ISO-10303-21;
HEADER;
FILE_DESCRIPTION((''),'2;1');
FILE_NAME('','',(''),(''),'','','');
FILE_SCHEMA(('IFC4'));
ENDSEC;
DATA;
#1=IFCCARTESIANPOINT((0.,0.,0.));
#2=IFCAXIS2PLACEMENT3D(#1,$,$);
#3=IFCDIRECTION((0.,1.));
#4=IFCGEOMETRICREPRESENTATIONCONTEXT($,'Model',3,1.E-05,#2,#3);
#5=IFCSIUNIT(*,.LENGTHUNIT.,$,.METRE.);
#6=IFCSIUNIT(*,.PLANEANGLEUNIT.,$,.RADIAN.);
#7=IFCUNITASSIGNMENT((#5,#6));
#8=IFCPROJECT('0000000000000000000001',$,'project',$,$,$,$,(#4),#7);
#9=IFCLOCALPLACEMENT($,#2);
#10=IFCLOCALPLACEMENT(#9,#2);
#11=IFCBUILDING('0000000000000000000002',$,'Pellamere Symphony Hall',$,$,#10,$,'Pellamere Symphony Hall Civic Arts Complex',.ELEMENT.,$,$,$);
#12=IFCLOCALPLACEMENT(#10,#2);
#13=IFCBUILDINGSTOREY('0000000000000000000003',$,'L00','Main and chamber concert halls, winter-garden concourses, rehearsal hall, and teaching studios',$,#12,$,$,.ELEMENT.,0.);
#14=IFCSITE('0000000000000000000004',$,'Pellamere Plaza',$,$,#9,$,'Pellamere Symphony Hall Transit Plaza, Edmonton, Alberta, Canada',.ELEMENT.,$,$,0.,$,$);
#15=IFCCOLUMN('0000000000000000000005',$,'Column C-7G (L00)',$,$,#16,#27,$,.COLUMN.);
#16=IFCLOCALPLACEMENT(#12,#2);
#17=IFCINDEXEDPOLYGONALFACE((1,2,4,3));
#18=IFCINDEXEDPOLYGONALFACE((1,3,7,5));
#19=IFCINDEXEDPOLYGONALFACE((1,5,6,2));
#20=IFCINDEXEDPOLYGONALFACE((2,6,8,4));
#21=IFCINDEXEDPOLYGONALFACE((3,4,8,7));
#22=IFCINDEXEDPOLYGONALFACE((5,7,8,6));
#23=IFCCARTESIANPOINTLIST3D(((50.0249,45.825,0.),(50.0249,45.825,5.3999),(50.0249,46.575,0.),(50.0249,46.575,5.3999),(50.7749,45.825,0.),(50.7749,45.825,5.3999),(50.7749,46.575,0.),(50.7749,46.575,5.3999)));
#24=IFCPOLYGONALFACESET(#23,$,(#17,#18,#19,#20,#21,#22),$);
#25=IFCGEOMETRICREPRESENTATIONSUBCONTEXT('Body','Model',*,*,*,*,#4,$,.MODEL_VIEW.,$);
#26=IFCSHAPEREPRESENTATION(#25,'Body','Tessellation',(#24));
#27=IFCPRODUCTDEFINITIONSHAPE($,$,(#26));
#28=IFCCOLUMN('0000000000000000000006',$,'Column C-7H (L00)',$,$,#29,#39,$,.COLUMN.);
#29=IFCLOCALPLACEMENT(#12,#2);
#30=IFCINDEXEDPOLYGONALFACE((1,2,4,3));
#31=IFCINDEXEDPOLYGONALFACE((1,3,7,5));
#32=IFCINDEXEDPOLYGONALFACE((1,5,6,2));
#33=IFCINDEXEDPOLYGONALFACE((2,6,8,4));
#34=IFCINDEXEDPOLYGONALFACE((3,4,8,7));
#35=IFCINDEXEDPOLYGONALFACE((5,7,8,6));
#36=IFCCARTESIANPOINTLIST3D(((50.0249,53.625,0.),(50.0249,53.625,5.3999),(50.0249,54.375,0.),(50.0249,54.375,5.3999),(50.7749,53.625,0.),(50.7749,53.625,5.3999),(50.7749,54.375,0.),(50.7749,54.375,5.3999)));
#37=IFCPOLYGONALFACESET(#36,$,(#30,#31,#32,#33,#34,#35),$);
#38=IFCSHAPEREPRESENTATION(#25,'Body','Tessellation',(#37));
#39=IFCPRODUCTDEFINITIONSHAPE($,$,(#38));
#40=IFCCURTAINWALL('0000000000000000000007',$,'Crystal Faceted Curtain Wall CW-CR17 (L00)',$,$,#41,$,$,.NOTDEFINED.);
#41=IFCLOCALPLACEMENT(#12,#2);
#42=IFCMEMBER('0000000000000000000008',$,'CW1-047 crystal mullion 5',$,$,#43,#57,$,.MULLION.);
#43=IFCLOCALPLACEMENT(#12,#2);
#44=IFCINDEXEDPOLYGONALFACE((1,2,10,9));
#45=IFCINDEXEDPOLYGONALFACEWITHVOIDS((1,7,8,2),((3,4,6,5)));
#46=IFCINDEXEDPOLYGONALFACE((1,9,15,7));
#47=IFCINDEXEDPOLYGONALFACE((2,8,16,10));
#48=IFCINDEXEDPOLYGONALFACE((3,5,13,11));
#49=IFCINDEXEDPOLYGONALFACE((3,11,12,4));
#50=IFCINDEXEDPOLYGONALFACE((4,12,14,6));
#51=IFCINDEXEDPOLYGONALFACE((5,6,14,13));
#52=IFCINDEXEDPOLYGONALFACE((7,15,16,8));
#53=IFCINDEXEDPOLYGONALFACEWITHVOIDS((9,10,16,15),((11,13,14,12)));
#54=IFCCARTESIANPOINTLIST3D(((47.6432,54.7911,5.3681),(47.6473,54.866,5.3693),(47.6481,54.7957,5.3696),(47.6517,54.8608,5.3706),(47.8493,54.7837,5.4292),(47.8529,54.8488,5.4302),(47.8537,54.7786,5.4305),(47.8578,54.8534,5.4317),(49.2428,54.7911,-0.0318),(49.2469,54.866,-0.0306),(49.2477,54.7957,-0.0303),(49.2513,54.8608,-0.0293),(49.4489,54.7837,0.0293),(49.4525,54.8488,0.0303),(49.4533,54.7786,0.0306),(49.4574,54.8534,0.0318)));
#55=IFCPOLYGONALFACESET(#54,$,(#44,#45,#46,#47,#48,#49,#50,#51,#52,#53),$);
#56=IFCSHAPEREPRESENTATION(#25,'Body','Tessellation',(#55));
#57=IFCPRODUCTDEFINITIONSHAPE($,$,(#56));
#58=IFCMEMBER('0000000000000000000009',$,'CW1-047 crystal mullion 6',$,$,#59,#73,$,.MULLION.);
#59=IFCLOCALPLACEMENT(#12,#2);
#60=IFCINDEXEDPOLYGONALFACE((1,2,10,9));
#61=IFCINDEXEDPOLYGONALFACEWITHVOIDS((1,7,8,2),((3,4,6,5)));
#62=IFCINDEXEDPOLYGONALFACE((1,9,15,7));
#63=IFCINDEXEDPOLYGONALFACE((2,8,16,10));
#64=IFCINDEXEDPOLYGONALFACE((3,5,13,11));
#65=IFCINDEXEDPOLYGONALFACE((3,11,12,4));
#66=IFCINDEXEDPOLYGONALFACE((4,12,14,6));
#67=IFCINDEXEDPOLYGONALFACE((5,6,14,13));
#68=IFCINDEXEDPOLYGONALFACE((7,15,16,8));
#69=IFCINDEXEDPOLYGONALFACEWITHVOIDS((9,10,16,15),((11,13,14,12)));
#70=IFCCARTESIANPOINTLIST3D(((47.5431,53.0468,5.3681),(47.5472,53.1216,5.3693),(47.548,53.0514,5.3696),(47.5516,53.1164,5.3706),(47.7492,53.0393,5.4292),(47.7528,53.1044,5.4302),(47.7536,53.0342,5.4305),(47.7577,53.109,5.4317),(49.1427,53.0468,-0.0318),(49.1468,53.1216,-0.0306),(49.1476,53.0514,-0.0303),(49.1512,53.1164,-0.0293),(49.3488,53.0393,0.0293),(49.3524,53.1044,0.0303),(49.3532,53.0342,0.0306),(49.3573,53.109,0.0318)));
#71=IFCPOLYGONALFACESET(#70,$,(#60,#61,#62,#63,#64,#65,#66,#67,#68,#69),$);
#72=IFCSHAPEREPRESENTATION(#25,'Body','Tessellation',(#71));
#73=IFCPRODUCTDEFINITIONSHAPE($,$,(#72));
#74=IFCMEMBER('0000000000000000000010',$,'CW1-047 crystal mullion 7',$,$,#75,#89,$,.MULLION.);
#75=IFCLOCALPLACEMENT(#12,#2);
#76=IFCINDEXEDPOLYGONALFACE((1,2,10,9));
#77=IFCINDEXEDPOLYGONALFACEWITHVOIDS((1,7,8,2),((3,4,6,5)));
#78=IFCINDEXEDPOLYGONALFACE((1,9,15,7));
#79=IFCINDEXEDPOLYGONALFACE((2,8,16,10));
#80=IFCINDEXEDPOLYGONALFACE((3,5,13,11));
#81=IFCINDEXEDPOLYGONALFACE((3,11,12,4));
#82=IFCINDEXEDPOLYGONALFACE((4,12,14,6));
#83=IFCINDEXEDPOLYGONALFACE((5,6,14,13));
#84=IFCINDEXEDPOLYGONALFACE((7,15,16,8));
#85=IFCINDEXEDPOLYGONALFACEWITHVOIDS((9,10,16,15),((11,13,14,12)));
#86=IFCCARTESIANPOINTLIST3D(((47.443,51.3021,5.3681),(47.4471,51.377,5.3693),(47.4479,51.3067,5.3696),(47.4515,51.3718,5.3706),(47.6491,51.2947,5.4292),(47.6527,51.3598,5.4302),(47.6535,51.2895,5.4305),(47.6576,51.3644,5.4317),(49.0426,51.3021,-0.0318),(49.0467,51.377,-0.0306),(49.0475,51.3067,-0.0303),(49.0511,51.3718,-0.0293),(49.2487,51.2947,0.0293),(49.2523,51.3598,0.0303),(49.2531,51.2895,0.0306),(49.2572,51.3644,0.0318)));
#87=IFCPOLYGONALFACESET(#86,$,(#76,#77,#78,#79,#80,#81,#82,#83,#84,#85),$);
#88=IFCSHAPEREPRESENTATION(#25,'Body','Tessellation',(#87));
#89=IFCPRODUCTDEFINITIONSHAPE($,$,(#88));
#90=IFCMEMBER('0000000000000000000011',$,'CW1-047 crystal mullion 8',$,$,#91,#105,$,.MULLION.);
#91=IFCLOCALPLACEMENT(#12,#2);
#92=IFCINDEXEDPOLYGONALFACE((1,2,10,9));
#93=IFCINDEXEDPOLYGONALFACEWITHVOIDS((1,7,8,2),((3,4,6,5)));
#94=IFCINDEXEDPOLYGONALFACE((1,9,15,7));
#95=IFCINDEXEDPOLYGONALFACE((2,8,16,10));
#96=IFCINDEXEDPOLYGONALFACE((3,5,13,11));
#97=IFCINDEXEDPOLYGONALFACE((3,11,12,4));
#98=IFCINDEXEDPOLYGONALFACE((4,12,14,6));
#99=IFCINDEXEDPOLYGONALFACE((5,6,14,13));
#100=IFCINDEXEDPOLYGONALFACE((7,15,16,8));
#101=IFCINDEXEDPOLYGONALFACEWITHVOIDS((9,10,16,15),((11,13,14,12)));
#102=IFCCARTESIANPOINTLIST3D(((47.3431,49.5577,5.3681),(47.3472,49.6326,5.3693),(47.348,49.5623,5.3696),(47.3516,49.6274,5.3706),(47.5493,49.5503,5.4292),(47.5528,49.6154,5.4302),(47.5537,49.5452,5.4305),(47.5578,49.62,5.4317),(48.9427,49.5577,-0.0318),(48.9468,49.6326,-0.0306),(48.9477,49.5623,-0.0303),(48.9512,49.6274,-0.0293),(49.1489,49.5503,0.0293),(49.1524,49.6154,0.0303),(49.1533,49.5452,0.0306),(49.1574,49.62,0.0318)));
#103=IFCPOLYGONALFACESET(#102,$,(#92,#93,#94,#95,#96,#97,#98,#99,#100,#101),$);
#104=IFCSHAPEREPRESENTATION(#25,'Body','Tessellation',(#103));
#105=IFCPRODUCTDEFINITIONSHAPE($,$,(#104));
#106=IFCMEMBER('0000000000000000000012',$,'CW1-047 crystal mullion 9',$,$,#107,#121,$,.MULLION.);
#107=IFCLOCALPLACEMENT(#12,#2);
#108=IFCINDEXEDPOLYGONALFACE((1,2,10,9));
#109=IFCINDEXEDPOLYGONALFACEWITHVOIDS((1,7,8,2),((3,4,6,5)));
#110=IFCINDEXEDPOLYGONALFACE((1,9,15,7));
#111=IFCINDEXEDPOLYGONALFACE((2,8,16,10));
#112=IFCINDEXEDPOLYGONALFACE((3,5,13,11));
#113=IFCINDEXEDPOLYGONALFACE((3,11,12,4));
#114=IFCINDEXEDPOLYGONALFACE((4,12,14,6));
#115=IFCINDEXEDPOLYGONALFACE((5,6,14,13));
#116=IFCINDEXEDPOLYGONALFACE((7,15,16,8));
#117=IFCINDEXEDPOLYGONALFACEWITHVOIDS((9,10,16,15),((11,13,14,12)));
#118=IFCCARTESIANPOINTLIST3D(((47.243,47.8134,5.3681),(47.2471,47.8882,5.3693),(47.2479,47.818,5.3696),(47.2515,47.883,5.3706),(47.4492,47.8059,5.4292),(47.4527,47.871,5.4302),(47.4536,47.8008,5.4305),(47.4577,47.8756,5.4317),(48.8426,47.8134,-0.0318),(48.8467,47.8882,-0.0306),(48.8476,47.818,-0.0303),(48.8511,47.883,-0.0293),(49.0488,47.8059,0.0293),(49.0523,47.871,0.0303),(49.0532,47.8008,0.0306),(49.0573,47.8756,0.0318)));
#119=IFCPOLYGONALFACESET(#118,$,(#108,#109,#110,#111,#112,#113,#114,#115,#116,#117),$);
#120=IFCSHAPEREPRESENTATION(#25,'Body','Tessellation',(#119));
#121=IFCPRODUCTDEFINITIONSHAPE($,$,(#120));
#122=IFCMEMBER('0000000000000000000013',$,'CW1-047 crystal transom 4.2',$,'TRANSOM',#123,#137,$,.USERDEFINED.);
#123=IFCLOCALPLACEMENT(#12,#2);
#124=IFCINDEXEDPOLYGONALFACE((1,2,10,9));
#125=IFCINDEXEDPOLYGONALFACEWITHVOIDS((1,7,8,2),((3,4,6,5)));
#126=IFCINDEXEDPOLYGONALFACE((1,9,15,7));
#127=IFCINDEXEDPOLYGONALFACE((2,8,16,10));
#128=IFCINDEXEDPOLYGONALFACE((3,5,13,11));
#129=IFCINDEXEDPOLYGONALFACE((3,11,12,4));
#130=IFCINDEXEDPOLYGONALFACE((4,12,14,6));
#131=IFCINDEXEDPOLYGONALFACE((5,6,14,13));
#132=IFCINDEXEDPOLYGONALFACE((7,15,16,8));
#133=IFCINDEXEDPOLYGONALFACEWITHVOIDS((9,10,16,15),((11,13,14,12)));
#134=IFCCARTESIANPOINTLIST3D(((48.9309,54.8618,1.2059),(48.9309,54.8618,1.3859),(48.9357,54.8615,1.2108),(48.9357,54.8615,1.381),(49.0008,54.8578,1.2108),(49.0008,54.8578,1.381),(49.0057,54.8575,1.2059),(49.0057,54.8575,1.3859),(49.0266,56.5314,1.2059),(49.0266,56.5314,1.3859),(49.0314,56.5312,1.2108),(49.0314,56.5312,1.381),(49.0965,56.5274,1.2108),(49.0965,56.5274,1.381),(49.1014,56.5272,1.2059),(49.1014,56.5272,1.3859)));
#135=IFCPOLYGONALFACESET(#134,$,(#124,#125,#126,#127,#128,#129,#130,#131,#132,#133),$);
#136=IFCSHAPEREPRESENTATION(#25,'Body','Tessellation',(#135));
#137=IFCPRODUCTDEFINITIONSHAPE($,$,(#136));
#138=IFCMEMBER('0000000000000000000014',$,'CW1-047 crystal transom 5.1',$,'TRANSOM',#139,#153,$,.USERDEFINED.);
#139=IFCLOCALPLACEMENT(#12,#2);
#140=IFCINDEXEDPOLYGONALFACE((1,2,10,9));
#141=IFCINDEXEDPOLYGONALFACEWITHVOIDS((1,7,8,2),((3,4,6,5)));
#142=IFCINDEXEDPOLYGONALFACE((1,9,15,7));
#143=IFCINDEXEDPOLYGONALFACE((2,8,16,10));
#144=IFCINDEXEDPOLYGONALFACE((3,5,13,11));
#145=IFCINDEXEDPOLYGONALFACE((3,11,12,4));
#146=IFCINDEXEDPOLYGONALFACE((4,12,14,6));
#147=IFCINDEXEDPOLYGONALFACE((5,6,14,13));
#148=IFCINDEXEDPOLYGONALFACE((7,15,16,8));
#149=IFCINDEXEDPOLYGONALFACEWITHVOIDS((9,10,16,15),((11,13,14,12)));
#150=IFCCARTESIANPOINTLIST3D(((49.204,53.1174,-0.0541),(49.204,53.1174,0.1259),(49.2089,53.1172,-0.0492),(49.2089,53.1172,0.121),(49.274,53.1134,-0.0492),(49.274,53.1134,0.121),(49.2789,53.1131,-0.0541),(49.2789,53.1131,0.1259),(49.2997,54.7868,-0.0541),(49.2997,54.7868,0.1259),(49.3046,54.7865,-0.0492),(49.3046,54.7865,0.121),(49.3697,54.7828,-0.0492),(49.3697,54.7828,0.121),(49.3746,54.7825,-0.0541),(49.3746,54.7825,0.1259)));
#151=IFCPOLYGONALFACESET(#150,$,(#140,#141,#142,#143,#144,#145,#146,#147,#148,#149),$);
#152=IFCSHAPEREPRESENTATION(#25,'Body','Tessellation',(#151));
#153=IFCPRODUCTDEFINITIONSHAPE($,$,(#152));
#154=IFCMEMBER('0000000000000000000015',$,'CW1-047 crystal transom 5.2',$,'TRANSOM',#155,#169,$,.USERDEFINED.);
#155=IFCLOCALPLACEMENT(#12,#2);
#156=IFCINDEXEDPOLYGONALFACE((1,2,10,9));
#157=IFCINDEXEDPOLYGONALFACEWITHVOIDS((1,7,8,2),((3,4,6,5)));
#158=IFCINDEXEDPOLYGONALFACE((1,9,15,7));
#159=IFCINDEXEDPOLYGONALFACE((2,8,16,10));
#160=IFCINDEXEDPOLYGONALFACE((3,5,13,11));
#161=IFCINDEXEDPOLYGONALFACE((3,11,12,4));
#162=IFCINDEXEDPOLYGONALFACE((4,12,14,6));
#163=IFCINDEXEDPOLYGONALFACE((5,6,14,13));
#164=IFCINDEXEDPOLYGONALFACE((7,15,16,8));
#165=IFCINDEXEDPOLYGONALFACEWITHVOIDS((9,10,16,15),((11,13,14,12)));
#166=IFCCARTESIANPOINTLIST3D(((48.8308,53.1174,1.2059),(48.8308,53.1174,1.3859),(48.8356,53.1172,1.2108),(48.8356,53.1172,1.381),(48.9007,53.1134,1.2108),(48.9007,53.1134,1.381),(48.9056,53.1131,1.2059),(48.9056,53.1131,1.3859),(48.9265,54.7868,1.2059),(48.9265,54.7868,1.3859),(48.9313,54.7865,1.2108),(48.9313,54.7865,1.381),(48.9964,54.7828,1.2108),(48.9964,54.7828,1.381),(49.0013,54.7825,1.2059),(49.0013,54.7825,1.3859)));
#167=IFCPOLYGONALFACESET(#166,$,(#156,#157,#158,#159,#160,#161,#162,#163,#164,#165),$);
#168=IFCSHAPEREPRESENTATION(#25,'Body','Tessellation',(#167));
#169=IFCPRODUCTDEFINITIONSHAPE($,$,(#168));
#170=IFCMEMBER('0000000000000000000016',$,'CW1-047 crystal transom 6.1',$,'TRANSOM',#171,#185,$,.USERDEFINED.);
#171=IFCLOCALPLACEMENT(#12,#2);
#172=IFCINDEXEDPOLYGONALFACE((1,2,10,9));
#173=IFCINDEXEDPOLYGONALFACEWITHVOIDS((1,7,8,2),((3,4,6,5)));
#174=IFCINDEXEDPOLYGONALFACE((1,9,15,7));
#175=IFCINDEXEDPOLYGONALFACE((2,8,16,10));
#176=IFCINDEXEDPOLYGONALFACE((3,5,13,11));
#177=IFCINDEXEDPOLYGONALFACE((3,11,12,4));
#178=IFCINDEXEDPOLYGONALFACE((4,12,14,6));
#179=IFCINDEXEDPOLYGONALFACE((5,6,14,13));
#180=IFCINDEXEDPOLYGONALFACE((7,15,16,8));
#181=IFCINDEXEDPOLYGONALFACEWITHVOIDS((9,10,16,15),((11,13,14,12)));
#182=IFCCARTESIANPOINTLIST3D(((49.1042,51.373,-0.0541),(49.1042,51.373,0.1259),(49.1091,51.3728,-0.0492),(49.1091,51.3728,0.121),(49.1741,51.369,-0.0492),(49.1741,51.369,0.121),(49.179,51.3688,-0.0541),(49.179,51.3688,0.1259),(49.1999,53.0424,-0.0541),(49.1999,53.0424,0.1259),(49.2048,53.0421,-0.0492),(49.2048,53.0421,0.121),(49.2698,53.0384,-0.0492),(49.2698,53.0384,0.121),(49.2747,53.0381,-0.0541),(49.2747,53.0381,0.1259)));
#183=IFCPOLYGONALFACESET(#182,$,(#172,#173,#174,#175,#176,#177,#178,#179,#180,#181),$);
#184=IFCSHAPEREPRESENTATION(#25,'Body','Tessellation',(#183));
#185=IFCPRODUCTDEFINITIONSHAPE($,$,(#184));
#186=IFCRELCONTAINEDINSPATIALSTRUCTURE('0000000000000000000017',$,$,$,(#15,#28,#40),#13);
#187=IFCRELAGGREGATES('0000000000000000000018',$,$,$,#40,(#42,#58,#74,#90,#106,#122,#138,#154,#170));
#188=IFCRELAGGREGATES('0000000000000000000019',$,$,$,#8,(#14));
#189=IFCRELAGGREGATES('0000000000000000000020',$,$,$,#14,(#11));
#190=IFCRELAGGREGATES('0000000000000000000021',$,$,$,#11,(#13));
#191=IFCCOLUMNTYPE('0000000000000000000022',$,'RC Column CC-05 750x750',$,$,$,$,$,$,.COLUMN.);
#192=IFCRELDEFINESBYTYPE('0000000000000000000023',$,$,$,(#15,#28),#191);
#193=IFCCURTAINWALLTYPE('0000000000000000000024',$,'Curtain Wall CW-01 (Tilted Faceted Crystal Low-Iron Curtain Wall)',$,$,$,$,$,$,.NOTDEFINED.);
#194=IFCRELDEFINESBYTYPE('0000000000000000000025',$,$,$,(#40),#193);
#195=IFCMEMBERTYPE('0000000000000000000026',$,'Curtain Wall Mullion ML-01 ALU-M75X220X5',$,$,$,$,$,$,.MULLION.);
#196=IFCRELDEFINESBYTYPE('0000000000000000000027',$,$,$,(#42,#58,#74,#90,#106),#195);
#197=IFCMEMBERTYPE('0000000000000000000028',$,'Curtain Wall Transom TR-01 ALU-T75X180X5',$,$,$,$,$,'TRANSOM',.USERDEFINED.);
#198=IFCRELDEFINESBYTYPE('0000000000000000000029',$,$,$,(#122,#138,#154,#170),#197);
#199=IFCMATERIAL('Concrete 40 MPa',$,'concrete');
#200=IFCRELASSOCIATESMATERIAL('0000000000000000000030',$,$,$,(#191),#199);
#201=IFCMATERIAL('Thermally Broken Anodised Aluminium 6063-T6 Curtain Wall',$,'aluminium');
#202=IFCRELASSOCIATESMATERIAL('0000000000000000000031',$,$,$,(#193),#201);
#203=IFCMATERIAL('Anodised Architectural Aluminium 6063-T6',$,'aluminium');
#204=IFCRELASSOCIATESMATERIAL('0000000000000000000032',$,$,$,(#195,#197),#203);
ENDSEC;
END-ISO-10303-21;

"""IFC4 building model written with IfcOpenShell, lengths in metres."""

from ifc_helpers import new_model, si_unit, direction, frame, origin, origin_2d, place, context, subcontext, project, spatial, rectangle, hollow_rectangle, extrude, material, material_profile, profile_set, type_object, element, aggregate, save


model = new_model("IFC4")

# Units and contexts
model_context = context("Model", 3, precision=1e-05, world=origin(), true_north=direction((0.0, 1.0)))
body_context = subcontext(model_context, "Body", "Model", "MODEL_VIEW")
ifc_project = project(units=[si_unit("LENGTHUNIT", "METRE"), si_unit("PLANEANGLEUNIT", "RADIAN")], contexts=[model_context])

# Site, building, storey
site_placement = place(None, origin())
site = spatial("IfcSite", under=ifc_project, at=site_placement, Name="Pellamere Plaza", LongName="Pellamere Symphony Hall Transit Plaza, Edmonton, Alberta, Canada", CompositionType="ELEMENT", RefElevation=0.0)
building_placement = place(site_placement, origin())
building = spatial("IfcBuilding", under=site, at=building_placement, Name="Pellamere Symphony Hall", LongName="Pellamere Symphony Hall Civic Arts Complex", CompositionType="ELEMENT")
storey_placement = place(building_placement, origin())
storey = spatial("IfcBuildingStorey", under=building, at=storey_placement, Name="L00", Description="Main and chamber concert halls, winter-garden concourses, rehearsal hall, and teaching studios", CompositionType="ELEMENT", Elevation=0.0)

# Columns
ifc_material_1 = material(Name="Concrete 40 MPa", Category="concrete")
ifc_material_profile_1 = material_profile(ifc_material_1, rectangle(XDim=0.75, YDim=0.75, at=origin_2d()), Name="RC 750x750")
ifc_profile_set_1 = profile_set([ifc_material_profile_1], Name="Concrete 40 MPa")
column_type = type_object("IfcColumnType", Name="RC Column CC-05 750x750", PredefinedType="COLUMN", material=ifc_profile_set_1)
for number, where, z_axis, x_axis, name in (
    (1, (50.3999, 46.2, 0.0), (0.0, 0.0, 1.0), (1.0, 0.0, 0.0), "Column C-7G (L00)"),
    (2, (50.3999, 54.0, 0.0), (0.0, 0.0, 1.0), (1.0, 0.0, 0.0), "Column C-7H (L00)"),
):
    element("IfcColumn", number, at=place(storey_placement, frame(where, z_axis=z_axis, x_axis=x_axis)), inside=storey, type_object=column_type, Name=name, PredefinedType="COLUMN", context=body_context, shape_type="SweptSolid", body=[
        extrude(rectangle(XDim=0.75, YDim=0.75, at=origin_2d()), origin(), (0.0, 0.0, 1.0), 5.3999),
    ])

# Curtain wall, members
ifc_material_2 = material(Name="Thermally Broken Anodised Aluminium 6063-T6 Curtain Wall", Category="aluminium")
curtain_wall_type = type_object("IfcCurtainWallType", Name="Curtain Wall CW-01 (Tilted Faceted Crystal Low-Iron Curtain Wall)", PredefinedType="NOTDEFINED", material=ifc_material_2)
curtain_wall_1_placement = place(storey_placement, origin())
curtain_wall_1 = element("IfcCurtainWall", 3, at=curtain_wall_1_placement, inside=storey, type_object=curtain_wall_type, Name="Crystal Faceted Curtain Wall CW-CR17 (L00)", PredefinedType="NOTDEFINED")
ifc_material_3 = material(Name="Anodised Architectural Aluminium 6063-T6", Category="aluminium")
ifc_material_profile_2 = material_profile(ifc_material_3, hollow_rectangle(XDim=0.075, YDim=0.22, WallThickness=0.0049, at=origin_2d()), Name="ALU-M75X220X5")
ifc_profile_set_2 = profile_set([ifc_material_profile_2], Name="Anodised Architectural Aluminium 6063-T6")
member_type_1 = type_object("IfcMemberType", Name="Curtain Wall Mullion ML-01 ALU-M75X220X5", PredefinedType="MULLION", material=ifc_profile_set_2)
member_1_placement = place(storey_placement, frame((49.3501, 54.8223, 0.0), z_axis=(-0.284029, 0.0, 0.958816), x_axis=(-0.054874, -0.998361, -0.016255)))
member_1 = element("IfcMember", 4, at=member_1_placement, type_object=member_type_1, Name="CW1-047 crystal mullion 5", PredefinedType="MULLION", context=body_context, shape_type="SweptSolid", body=[
    extrude(hollow_rectangle(XDim=0.075, YDim=0.22, WallThickness=0.0049, at=origin_2d()), origin(), (0.0, 0.0, 1.0), 5.6318),
])
member_2_placement = place(storey_placement, frame((49.25, 53.0779, 0.0), z_axis=(-0.284029, 0.0, 0.958816), x_axis=(-0.054874, -0.998361, -0.016255)))
member_2 = element("IfcMember", 5, at=member_2_placement, type_object=member_type_1, Name="CW1-047 crystal mullion 6", PredefinedType="MULLION", context=body_context, shape_type="SweptSolid", body=[
    extrude(hollow_rectangle(XDim=0.075, YDim=0.22, WallThickness=0.0049, at=origin_2d()), origin(), (0.0, 0.0, 1.0), 5.6318),
])
member_3_placement = place(storey_placement, frame((49.1499, 51.3333, 0.0), z_axis=(-0.284029, 0.0, 0.958816), x_axis=(-0.054874, -0.998361, -0.016255)))
member_3 = element("IfcMember", 6, at=member_3_placement, type_object=member_type_1, Name="CW1-047 crystal mullion 7", PredefinedType="MULLION", context=body_context, shape_type="SweptSolid", body=[
    extrude(hollow_rectangle(XDim=0.075, YDim=0.22, WallThickness=0.0049, at=origin_2d()), origin(), (0.0, 0.0, 1.0), 5.6318),
])
member_4_placement = place(storey_placement, frame((49.05, 49.5889, 0.0), z_axis=(-0.284029, 0.0, 0.958816), x_axis=(-0.054874, -0.998361, -0.016255)))
member_4 = element("IfcMember", 7, at=member_4_placement, type_object=member_type_1, Name="CW1-047 crystal mullion 8", PredefinedType="MULLION", context=body_context, shape_type="SweptSolid", body=[
    extrude(hollow_rectangle(XDim=0.075, YDim=0.22, WallThickness=0.0049, at=origin_2d()), origin(), (0.0, 0.0, 1.0), 5.6318),
])
member_5_placement = place(storey_placement, frame((48.95, 47.8445, 0.0), z_axis=(-0.284029, 0.0, 0.958816), x_axis=(-0.054874, -0.998361, -0.016255)))
member_5 = element("IfcMember", 8, at=member_5_placement, type_object=member_type_1, Name="CW1-047 crystal mullion 9", PredefinedType="MULLION", context=body_context, shape_type="SweptSolid", body=[
    extrude(hollow_rectangle(XDim=0.075, YDim=0.22, WallThickness=0.0049, at=origin_2d()), origin(), (0.0, 0.0, 1.0), 5.6318),
])
ifc_material_profile_3 = material_profile(ifc_material_3, hollow_rectangle(XDim=0.075, YDim=0.1799, WallThickness=0.0049, at=origin_2d()), Name="ALU-T75X180X5")
ifc_profile_set_3 = profile_set([ifc_material_profile_3], Name="Anodised Architectural Aluminium 6063-T6")
member_type_2 = type_object("IfcMemberType", Name="Curtain Wall Transom TR-01 ALU-T75X180X5", ElementType="TRANSOM", PredefinedType="USERDEFINED", material=ifc_profile_set_3)
member_6_placement = place(storey_placement, frame((49.064, 56.5293, 1.2959), z_axis=(-0.057224, -0.998361, 0.0), x_axis=(0.998361, -0.057224, 0.0)))
member_6 = element("IfcMember", 9, at=member_6_placement, type_object=member_type_2, Name="CW1-047 crystal transom 4.2", ObjectType="TRANSOM", PredefinedType="USERDEFINED", context=body_context, shape_type="SweptSolid", body=[
    extrude(hollow_rectangle(XDim=0.075, YDim=0.1799, WallThickness=0.0049, at=origin_2d()), origin(), (0.0, 0.0, 1.0), 1.6724),
])
member_7_placement = place(storey_placement, frame((49.3372, 54.7847, 0.0359), z_axis=(-0.057233, -0.998361, 0.0), x_axis=(0.998361, -0.057233, 0.0)))
member_7 = element("IfcMember", 10, at=member_7_placement, type_object=member_type_2, Name="CW1-047 crystal transom 5.1", ObjectType="TRANSOM", PredefinedType="USERDEFINED", context=body_context, shape_type="SweptSolid", body=[
    extrude(hollow_rectangle(XDim=0.075, YDim=0.1799, WallThickness=0.0049, at=origin_2d()), origin(), (0.0, 0.0, 1.0), 1.6721),
])
member_8_placement = place(storey_placement, frame((48.9639, 54.7847, 1.2959), z_axis=(-0.057233, -0.998361, 0.0), x_axis=(0.998361, -0.057233, 0.0)))
member_8 = element("IfcMember", 11, at=member_8_placement, type_object=member_type_2, Name="CW1-047 crystal transom 5.2", ObjectType="TRANSOM", PredefinedType="USERDEFINED", context=body_context, shape_type="SweptSolid", body=[
    extrude(hollow_rectangle(XDim=0.075, YDim=0.1799, WallThickness=0.0049, at=origin_2d()), origin(), (0.0, 0.0, 1.0), 1.6721),
])
member_9_placement = place(storey_placement, frame((49.2373, 53.0403, 0.0359), z_axis=(-0.057233, -0.998361, 0.0), x_axis=(0.998361, -0.057233, 0.0)))
member_9 = element("IfcMember", 12, at=member_9_placement, type_object=member_type_2, Name="CW1-047 crystal transom 6.1", ObjectType="TRANSOM", PredefinedType="USERDEFINED", context=body_context, shape_type="SweptSolid", body=[
    extrude(hollow_rectangle(XDim=0.075, YDim=0.1799, WallThickness=0.0049, at=origin_2d()), origin(), (0.0, 0.0, 1.0), 1.6721),
])

aggregate(curtain_wall_1, [member_1, member_2, member_3, member_4, member_5, member_6, member_7, member_8, member_9])

save(model, "model.ifc")
